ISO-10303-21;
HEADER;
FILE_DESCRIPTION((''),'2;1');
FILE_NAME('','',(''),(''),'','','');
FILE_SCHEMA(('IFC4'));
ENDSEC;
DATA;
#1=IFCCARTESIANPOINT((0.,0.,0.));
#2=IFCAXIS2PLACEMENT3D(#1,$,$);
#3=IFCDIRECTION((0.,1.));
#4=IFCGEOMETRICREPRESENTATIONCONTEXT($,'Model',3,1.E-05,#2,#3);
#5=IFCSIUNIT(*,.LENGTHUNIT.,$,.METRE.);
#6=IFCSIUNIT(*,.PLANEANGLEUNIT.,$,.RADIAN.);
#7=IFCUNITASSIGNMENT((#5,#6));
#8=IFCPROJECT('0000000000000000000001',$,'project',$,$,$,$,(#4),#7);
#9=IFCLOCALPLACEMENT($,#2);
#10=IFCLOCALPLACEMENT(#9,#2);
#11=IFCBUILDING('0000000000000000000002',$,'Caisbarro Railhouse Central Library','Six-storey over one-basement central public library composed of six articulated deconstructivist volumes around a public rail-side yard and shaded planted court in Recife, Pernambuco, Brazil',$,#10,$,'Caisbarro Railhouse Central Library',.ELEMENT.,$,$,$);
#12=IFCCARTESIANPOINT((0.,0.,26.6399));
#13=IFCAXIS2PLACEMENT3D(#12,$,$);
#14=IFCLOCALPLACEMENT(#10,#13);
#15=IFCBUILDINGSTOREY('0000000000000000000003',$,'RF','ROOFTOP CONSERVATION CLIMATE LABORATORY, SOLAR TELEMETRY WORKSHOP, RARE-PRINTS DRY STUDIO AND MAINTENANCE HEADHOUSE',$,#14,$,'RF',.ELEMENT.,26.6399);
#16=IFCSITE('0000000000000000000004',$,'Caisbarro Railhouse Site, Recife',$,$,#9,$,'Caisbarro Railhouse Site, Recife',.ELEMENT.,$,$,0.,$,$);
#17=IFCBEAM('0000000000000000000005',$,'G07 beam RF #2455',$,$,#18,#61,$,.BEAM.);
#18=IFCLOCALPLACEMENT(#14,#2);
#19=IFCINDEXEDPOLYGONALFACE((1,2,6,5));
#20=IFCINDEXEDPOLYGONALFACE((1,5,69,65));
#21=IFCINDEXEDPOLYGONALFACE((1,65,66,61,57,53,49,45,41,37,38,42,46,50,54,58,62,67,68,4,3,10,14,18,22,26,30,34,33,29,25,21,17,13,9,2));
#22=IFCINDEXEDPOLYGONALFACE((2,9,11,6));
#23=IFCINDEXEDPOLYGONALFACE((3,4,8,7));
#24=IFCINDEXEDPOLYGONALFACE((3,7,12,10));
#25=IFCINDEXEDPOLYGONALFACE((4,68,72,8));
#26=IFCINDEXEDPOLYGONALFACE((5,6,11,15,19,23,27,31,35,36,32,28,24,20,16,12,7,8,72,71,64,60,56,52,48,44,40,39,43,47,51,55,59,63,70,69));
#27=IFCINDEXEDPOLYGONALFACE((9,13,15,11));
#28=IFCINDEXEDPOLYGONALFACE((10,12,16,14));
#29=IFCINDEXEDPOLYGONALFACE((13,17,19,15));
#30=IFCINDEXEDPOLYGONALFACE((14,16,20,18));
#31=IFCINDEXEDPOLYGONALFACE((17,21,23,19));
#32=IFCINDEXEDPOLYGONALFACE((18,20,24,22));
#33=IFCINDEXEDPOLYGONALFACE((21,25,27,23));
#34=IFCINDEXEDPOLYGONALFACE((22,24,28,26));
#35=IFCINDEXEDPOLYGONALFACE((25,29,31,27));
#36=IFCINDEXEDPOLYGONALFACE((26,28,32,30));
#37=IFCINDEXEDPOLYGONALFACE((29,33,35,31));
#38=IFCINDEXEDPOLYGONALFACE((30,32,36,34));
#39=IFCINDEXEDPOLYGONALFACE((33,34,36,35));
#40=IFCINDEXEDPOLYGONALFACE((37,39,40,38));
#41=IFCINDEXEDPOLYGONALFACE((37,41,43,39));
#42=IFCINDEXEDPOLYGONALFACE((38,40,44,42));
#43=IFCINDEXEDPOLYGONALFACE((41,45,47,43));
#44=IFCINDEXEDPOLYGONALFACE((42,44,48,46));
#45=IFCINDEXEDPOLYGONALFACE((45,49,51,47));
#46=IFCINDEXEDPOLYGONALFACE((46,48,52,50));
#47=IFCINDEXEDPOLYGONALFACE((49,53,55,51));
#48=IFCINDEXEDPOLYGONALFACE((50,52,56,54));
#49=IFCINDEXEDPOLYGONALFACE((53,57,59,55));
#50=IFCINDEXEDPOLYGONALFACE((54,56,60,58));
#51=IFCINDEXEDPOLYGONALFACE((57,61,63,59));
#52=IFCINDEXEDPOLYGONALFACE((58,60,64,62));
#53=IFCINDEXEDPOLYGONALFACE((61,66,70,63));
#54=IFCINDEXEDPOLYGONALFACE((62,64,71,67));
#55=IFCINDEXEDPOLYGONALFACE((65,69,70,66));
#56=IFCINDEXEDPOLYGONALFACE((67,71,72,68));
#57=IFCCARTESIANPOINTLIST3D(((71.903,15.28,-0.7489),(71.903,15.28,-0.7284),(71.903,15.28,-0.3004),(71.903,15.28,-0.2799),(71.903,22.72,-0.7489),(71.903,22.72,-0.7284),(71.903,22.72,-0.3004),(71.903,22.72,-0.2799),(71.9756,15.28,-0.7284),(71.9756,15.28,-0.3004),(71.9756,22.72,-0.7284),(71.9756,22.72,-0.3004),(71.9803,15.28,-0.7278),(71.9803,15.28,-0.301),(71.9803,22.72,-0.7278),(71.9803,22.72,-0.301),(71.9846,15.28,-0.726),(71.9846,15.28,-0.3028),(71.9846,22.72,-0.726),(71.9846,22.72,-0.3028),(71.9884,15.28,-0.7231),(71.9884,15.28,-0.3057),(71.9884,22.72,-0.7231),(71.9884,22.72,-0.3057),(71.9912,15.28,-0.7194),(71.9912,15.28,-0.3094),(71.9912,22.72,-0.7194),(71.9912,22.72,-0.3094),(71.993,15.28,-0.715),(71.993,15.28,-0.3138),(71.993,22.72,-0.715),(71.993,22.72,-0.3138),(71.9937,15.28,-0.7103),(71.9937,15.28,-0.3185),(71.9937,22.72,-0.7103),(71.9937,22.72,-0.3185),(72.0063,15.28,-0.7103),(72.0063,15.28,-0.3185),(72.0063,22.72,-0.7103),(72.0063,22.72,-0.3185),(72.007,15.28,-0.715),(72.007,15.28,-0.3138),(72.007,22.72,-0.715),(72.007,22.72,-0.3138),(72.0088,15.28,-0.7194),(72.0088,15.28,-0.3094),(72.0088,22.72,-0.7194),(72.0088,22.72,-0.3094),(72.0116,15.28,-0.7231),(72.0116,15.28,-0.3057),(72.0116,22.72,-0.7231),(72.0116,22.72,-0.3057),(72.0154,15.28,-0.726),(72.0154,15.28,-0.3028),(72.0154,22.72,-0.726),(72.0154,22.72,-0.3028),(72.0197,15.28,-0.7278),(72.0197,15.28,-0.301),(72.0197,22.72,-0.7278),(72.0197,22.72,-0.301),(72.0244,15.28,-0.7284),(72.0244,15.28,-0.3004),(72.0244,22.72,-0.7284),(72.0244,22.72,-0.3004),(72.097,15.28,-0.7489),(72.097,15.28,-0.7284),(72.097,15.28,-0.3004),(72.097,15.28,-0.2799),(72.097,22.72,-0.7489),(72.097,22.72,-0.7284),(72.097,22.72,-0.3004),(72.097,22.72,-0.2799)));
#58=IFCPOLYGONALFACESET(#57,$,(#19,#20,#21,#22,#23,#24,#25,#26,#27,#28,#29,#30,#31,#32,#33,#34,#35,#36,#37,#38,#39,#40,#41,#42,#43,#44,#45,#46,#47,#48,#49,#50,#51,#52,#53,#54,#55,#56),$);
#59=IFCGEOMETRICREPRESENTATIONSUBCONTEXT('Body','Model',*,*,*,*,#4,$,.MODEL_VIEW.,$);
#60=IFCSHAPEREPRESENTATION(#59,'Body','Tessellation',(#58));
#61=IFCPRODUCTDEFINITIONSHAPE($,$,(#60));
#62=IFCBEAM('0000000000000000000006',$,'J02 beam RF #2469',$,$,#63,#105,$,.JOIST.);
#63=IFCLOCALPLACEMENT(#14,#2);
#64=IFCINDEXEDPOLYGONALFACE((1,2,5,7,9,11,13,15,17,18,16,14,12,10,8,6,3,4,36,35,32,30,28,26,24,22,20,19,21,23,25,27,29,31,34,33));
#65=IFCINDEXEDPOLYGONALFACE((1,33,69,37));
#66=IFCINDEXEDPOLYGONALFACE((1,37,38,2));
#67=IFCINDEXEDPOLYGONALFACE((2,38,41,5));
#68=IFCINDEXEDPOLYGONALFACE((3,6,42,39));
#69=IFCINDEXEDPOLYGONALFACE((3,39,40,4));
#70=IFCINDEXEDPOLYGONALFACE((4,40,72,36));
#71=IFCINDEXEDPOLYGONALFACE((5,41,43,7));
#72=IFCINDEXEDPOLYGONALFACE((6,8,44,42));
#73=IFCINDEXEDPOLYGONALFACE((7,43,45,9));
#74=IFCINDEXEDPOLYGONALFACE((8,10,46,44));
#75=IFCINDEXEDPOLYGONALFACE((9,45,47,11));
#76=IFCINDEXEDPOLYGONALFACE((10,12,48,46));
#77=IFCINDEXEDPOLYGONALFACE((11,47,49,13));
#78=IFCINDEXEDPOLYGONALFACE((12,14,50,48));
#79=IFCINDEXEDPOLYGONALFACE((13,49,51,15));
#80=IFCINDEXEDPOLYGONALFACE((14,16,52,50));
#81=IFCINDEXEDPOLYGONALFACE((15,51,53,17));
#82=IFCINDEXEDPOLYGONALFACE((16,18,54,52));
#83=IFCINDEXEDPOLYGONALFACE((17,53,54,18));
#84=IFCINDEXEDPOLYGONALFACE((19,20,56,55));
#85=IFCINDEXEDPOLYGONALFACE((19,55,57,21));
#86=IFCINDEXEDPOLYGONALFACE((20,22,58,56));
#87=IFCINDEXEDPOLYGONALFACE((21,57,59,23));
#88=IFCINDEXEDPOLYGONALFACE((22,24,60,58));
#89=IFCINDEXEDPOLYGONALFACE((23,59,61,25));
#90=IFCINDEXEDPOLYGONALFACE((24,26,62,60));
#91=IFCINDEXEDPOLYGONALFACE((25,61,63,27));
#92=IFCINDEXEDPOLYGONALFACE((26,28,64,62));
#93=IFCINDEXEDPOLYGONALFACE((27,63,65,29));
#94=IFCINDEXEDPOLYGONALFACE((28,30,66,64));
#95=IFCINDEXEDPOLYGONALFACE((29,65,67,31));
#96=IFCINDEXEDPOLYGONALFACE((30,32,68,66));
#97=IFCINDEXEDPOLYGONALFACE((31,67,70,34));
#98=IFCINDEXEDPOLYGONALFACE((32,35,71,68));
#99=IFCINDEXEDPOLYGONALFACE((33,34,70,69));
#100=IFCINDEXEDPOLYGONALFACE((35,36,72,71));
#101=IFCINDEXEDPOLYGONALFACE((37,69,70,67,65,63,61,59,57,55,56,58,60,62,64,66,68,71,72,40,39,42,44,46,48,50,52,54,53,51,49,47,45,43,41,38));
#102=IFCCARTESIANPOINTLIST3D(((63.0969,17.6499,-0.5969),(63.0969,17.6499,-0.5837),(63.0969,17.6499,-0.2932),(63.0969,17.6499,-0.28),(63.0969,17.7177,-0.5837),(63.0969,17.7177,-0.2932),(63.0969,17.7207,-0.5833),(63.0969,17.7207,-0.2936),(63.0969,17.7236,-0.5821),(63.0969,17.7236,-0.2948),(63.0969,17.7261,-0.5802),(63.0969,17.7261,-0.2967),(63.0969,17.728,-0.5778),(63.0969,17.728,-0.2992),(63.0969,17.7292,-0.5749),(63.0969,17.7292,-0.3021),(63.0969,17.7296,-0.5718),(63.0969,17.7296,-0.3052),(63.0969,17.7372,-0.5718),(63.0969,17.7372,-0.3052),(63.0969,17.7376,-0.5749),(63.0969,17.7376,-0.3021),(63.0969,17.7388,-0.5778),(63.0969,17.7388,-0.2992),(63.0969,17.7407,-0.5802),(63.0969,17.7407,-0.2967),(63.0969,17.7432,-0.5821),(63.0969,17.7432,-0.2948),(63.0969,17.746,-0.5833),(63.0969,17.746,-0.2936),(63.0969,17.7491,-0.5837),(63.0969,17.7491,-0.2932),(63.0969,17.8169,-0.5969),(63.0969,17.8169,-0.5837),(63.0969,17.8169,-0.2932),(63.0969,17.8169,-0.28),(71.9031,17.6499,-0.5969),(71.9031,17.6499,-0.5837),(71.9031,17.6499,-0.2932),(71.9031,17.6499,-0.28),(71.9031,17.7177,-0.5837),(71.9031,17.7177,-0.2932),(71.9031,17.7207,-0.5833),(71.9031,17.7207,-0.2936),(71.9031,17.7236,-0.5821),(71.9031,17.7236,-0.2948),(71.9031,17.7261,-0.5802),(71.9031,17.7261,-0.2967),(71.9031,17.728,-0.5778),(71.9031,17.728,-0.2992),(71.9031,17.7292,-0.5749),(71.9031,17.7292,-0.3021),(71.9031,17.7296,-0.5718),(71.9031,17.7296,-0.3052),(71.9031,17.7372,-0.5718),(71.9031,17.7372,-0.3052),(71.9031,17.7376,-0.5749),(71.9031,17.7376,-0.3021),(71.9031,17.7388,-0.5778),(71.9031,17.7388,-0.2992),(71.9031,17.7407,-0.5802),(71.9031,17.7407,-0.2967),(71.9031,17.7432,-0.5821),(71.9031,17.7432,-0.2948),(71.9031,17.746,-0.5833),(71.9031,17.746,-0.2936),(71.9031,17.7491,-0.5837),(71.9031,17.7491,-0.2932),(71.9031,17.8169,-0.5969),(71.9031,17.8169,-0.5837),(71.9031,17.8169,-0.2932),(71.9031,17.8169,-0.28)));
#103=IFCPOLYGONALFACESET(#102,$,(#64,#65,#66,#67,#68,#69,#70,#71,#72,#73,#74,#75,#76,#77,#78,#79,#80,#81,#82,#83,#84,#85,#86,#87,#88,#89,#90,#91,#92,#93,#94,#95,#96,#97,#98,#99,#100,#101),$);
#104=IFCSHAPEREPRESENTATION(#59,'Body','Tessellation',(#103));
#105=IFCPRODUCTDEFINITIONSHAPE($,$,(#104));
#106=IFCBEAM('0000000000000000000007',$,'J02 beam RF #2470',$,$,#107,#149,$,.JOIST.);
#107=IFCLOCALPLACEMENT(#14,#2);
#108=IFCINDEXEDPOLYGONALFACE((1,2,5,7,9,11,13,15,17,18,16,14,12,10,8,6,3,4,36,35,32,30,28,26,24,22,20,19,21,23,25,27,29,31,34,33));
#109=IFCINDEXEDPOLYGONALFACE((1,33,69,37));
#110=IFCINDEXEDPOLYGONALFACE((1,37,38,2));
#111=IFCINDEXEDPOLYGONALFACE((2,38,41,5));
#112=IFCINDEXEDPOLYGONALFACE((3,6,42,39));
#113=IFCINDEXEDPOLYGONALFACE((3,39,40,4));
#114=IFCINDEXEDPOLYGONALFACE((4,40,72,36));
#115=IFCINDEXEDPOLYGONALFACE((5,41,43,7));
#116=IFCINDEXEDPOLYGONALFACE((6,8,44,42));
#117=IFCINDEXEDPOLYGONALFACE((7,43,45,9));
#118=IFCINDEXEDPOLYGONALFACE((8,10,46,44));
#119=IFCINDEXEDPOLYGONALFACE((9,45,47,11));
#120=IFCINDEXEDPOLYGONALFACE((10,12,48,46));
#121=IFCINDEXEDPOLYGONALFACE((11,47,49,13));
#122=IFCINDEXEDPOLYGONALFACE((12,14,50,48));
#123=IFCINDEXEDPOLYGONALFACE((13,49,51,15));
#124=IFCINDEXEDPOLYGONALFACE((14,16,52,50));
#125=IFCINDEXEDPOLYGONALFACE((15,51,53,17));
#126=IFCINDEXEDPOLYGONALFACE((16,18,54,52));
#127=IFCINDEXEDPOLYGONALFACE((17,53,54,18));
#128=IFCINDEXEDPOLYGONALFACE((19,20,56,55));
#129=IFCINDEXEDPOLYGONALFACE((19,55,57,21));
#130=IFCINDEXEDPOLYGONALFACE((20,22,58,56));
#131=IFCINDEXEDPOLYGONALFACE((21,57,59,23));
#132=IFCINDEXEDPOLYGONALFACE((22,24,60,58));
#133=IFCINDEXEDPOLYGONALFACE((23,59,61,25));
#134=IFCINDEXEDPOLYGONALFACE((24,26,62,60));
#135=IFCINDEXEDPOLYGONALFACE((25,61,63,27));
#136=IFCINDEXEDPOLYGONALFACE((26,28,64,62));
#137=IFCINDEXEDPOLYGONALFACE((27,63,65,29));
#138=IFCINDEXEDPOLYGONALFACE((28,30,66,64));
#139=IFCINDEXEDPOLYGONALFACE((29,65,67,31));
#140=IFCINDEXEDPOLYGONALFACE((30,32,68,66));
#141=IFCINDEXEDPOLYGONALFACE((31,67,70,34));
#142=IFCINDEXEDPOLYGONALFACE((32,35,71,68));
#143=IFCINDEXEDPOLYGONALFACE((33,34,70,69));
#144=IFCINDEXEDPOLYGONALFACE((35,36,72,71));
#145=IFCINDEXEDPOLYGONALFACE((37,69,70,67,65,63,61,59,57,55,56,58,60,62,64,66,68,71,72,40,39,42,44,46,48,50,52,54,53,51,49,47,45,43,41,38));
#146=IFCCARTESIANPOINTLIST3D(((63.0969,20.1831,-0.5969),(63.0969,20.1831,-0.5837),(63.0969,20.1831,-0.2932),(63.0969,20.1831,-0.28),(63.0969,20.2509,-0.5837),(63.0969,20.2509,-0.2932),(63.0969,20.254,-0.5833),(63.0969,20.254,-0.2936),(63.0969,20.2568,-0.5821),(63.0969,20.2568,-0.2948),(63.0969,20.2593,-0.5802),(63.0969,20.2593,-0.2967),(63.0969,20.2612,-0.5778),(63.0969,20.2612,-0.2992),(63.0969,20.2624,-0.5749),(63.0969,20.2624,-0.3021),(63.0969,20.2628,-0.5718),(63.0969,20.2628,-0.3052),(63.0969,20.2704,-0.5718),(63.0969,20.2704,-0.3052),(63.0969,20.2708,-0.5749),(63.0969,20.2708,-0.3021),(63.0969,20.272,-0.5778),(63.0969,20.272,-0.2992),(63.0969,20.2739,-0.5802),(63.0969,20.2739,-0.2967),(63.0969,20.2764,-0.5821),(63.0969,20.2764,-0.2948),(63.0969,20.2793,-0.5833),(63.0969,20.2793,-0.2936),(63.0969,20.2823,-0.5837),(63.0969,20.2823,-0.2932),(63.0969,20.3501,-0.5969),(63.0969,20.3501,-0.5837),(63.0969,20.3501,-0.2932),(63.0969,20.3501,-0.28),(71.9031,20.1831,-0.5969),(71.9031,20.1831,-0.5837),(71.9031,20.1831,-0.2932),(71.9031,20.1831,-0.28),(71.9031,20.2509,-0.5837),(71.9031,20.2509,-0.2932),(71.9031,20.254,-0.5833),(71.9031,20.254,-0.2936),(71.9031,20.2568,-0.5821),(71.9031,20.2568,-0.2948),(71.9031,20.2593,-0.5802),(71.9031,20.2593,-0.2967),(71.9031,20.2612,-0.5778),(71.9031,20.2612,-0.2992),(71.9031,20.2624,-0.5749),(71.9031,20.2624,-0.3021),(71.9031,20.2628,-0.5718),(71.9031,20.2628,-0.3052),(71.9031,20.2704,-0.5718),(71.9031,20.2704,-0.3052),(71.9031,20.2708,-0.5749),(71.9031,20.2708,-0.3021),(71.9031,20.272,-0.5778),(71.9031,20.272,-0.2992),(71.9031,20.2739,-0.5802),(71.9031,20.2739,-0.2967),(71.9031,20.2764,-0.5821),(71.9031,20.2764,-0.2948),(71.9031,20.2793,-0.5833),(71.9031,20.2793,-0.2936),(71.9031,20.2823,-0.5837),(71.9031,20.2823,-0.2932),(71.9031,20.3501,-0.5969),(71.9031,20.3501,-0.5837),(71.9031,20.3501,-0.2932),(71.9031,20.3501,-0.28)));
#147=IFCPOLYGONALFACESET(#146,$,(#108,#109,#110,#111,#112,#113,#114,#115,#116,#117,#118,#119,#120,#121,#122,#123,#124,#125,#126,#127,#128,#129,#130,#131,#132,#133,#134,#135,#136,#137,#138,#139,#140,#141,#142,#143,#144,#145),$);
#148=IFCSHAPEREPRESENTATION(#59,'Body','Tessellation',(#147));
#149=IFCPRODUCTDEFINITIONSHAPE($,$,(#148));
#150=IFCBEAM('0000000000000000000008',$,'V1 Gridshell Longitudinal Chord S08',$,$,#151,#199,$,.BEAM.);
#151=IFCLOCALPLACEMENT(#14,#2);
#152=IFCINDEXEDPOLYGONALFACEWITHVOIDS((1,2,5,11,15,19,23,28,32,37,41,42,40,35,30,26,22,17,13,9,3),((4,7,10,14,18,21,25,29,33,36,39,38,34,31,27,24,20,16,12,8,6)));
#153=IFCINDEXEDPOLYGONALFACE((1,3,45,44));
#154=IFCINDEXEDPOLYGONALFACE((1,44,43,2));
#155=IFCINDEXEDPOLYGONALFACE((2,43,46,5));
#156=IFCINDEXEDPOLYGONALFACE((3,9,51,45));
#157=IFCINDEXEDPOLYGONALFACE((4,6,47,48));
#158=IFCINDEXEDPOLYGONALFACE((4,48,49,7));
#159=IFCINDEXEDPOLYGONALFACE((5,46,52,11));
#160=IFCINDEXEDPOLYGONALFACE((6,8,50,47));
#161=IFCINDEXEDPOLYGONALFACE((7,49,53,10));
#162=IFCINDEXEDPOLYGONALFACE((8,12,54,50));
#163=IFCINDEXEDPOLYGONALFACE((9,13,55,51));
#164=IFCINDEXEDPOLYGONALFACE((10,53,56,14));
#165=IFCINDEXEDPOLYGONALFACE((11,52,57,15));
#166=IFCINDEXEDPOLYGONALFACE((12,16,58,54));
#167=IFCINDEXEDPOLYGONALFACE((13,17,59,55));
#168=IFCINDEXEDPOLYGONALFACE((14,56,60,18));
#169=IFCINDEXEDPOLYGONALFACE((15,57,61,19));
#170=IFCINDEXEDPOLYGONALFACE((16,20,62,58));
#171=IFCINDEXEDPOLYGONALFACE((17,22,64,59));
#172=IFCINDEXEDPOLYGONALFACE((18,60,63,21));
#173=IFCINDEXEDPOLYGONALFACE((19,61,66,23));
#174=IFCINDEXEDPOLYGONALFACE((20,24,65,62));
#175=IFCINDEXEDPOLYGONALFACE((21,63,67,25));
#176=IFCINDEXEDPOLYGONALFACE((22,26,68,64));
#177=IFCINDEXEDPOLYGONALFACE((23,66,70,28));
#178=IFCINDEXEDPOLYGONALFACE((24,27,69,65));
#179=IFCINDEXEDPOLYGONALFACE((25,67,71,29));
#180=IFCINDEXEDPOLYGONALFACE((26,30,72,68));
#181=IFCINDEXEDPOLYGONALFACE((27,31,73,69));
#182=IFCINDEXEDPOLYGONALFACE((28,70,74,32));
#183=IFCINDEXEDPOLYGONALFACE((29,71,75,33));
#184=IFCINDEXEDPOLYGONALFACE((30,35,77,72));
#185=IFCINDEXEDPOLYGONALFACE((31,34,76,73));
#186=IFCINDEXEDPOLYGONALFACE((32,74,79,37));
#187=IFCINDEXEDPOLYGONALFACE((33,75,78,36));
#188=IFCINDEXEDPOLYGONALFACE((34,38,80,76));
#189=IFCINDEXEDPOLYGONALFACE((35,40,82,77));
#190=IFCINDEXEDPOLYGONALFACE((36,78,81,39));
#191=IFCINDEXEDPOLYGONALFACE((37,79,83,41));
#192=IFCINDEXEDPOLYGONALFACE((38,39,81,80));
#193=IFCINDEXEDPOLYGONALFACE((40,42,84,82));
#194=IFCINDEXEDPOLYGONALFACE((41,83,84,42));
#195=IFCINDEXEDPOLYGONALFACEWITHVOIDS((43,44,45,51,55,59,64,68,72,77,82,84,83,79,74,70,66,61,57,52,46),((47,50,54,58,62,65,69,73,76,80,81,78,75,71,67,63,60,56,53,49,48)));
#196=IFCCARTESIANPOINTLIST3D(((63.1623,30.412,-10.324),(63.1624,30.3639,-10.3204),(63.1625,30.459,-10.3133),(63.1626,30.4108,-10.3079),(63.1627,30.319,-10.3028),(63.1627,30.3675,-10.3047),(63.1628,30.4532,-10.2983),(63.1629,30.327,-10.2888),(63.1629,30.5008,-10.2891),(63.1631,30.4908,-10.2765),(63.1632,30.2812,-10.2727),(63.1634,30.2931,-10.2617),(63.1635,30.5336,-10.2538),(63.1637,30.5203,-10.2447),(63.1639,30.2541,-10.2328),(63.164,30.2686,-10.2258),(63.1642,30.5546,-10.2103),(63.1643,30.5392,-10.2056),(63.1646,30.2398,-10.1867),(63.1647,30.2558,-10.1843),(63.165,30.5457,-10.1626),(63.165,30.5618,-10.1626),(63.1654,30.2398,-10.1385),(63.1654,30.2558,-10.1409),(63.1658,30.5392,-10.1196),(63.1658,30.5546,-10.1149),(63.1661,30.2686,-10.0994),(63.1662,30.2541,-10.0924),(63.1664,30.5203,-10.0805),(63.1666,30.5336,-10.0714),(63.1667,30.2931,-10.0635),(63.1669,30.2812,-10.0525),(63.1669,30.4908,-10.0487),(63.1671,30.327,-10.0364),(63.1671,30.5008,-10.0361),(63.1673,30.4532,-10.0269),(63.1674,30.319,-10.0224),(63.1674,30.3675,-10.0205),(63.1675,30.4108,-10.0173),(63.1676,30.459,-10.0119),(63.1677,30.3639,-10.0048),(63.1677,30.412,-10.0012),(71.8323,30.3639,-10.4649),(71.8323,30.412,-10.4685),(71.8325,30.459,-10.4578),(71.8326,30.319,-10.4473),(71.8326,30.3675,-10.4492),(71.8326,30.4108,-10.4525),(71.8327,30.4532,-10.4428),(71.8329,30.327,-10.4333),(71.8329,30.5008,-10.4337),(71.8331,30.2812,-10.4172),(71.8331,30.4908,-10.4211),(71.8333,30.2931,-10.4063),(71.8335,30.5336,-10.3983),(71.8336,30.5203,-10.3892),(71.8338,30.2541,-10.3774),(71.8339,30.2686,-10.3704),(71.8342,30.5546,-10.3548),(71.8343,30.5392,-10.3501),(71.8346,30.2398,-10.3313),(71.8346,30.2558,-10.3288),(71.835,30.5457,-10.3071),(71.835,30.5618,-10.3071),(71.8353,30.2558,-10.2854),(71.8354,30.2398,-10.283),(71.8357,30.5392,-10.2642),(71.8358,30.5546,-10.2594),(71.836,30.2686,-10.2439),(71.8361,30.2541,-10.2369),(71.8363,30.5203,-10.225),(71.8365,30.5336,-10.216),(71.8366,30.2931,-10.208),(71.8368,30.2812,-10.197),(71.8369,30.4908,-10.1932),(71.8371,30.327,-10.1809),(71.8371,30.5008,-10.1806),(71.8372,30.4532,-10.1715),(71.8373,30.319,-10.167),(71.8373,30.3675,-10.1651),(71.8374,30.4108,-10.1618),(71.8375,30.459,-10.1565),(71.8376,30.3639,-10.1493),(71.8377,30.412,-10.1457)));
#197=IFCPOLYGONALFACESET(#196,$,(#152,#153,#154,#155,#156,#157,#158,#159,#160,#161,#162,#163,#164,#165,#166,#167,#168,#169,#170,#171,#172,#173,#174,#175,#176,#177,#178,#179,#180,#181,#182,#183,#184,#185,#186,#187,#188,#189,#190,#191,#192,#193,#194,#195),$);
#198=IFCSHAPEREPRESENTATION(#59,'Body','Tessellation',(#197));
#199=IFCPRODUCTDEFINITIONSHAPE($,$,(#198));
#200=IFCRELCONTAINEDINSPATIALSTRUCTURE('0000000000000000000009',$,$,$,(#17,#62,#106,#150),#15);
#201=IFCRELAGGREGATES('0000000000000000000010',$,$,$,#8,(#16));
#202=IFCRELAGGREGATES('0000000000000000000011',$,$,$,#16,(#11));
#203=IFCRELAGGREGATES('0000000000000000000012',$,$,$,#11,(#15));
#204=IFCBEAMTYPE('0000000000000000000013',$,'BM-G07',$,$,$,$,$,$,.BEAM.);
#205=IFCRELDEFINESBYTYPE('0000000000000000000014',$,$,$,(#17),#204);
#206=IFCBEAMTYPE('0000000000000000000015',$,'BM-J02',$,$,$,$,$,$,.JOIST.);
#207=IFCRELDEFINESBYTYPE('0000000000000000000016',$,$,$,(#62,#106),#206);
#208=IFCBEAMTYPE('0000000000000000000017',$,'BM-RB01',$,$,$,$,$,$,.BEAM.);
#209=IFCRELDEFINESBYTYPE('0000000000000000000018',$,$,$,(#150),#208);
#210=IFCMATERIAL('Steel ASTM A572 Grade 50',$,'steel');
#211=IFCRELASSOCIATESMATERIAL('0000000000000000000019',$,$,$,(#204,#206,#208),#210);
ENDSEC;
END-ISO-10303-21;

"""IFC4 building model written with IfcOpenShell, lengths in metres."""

from ifc_helpers import new_model, si_unit, direction, frame, origin, origin_2d, place, context, subcontext, project, spatial, hollow_circle, i_section, extrude, material, material_profile, profile_set, type_object, element, save


model = new_model("IFC4")

# Units and contexts
model_context = context("Model", 3, precision=1e-05, world=origin(), true_north=direction((0.0, 1.0)))
body_context = subcontext(model_context, "Body", "Model", "MODEL_VIEW")
ifc_project = project(units=[si_unit("LENGTHUNIT", "METRE"), si_unit("PLANEANGLEUNIT", "RADIAN")], contexts=[model_context])

# Site, building, storey
site_placement = place(None, origin())
site = spatial("IfcSite", under=ifc_project, at=site_placement, Name="Caisbarro Railhouse Site, Recife", LongName="Caisbarro Railhouse Site, Recife", CompositionType="ELEMENT", RefElevation=0.0)
building_placement = place(site_placement, origin())
building = spatial("IfcBuilding", under=site, at=building_placement, Name="Caisbarro Railhouse Central Library", Description="Six-storey over one-basement central public library composed of six articulated deconstructivist volumes around a public rail-side yard and shaded planted court in Recife, Pernambuco, Brazil", LongName="Caisbarro Railhouse Central Library", CompositionType="ELEMENT")
storey_placement = place(building_placement, frame((0.0, 0.0, 26.6399)))
storey = spatial("IfcBuildingStorey", under=building, at=storey_placement, Name="RF", Description="ROOFTOP CONSERVATION CLIMATE LABORATORY, SOLAR TELEMETRY WORKSHOP, RARE-PRINTS DRY STUDIO AND MAINTENANCE HEADHOUSE", LongName="RF", CompositionType="ELEMENT", Elevation=26.6399)

# Shared definitions
ifc_material_1 = material(Name="Steel ASTM A572 Grade 50", Category="steel")

# Beams
ifc_material_profile_1 = material_profile(ifc_material_1, i_section(OverallWidth=0.1941, OverallDepth=0.469, WebThickness=0.0127, FlangeThickness=0.0205, FilletRadius=0.0181, at=origin_2d()), Name="W460X106.0")
ifc_profile_set_1 = profile_set([ifc_material_profile_1], Name="Steel ASTM A572 Grade 50")
beam_type_1 = type_object("IfcBeamType", Name="BM-G07", PredefinedType="BEAM", material=ifc_profile_set_1)
beam_1_placement = place(storey_placement, frame((72.0, 15.28, -0.5144), z_axis=(0.0, 1.0, 0.0), x_axis=(-1.0, 0.0, 0.0)))
element("IfcBeam", 1, at=beam_1_placement, inside=storey, type_object=beam_type_1, Name="G07 beam RF #2455", PredefinedType="BEAM", context=body_context, shape_type="SweptSolid", body=[
    extrude(i_section(OverallWidth=0.1941, OverallDepth=0.469, WebThickness=0.0127, FlangeThickness=0.0205, FilletRadius=0.0181, at=origin_2d()), origin(), (0.0, 0.0, 1.0), 7.4399),
])
ifc_material_profile_2 = material_profile(ifc_material_1, i_section(OverallWidth=0.167, OverallDepth=0.3169, WebThickness=0.0076, FlangeThickness=0.0132, FilletRadius=0.012, at=origin_2d()), Name="W310X52.0")
ifc_profile_set_2 = profile_set([ifc_material_profile_2], Name="Steel ASTM A572 Grade 50")
beam_type_2 = type_object("IfcBeamType", Name="BM-J02", PredefinedType="JOIST", material=ifc_profile_set_2)
for number, where, z_axis, x_axis, name in (
    (2, (63.0969, 17.7334, -0.4385), (1.0, 0.0, 0.0), (0.0, 1.0, 0.0), "J02 beam RF #2469"),
    (3, (63.0969, 20.2666, -0.4385), (1.0, 0.0, 0.0), (0.0, 1.0, 0.0), "J02 beam RF #2470"),
):
    element("IfcBeam", number, at=place(storey_placement, frame(where, z_axis=z_axis, x_axis=x_axis)), inside=storey, type_object=beam_type_2, Name=name, PredefinedType="JOIST", context=body_context, shape_type="SweptSolid", body=[
        extrude(i_section(OverallWidth=0.167, OverallDepth=0.3169, WebThickness=0.0076, FlangeThickness=0.0132, FilletRadius=0.012, at=origin_2d()), origin(), (0.0, 0.0, 1.0), 8.8062),
    ])
ifc_material_profile_3 = material_profile(ifc_material_1, hollow_circle(Radius=0.1619, WallThickness=0.0161, at=origin_2d()), Name="CHS323.9X16.0")
ifc_profile_set_3 = profile_set([ifc_material_profile_3], Name="Steel ASTM A572 Grade 50")
beam_type_3 = type_object("IfcBeamType", Name="BM-RB01", PredefinedType="BEAM", material=ifc_profile_set_3)
beam_2_placement = place(storey_placement, frame((63.165, 30.3999, -10.1626), z_axis=(0.999861, 0.0, -0.016668), x_axis=(0.0, 1.0, 0.0)))
element("IfcBeam", 4, at=beam_2_placement, inside=storey, type_object=beam_type_3, Name="V1 Gridshell Longitudinal Chord S08", PredefinedType="BEAM", context=body_context, shape_type="SweptSolid", body=[
    extrude(hollow_circle(Radius=0.1619, WallThickness=0.0161, at=origin_2d()), origin(), (0.0, 0.0, 1.0), 8.6711),
])

save(model, "model.ifc")
